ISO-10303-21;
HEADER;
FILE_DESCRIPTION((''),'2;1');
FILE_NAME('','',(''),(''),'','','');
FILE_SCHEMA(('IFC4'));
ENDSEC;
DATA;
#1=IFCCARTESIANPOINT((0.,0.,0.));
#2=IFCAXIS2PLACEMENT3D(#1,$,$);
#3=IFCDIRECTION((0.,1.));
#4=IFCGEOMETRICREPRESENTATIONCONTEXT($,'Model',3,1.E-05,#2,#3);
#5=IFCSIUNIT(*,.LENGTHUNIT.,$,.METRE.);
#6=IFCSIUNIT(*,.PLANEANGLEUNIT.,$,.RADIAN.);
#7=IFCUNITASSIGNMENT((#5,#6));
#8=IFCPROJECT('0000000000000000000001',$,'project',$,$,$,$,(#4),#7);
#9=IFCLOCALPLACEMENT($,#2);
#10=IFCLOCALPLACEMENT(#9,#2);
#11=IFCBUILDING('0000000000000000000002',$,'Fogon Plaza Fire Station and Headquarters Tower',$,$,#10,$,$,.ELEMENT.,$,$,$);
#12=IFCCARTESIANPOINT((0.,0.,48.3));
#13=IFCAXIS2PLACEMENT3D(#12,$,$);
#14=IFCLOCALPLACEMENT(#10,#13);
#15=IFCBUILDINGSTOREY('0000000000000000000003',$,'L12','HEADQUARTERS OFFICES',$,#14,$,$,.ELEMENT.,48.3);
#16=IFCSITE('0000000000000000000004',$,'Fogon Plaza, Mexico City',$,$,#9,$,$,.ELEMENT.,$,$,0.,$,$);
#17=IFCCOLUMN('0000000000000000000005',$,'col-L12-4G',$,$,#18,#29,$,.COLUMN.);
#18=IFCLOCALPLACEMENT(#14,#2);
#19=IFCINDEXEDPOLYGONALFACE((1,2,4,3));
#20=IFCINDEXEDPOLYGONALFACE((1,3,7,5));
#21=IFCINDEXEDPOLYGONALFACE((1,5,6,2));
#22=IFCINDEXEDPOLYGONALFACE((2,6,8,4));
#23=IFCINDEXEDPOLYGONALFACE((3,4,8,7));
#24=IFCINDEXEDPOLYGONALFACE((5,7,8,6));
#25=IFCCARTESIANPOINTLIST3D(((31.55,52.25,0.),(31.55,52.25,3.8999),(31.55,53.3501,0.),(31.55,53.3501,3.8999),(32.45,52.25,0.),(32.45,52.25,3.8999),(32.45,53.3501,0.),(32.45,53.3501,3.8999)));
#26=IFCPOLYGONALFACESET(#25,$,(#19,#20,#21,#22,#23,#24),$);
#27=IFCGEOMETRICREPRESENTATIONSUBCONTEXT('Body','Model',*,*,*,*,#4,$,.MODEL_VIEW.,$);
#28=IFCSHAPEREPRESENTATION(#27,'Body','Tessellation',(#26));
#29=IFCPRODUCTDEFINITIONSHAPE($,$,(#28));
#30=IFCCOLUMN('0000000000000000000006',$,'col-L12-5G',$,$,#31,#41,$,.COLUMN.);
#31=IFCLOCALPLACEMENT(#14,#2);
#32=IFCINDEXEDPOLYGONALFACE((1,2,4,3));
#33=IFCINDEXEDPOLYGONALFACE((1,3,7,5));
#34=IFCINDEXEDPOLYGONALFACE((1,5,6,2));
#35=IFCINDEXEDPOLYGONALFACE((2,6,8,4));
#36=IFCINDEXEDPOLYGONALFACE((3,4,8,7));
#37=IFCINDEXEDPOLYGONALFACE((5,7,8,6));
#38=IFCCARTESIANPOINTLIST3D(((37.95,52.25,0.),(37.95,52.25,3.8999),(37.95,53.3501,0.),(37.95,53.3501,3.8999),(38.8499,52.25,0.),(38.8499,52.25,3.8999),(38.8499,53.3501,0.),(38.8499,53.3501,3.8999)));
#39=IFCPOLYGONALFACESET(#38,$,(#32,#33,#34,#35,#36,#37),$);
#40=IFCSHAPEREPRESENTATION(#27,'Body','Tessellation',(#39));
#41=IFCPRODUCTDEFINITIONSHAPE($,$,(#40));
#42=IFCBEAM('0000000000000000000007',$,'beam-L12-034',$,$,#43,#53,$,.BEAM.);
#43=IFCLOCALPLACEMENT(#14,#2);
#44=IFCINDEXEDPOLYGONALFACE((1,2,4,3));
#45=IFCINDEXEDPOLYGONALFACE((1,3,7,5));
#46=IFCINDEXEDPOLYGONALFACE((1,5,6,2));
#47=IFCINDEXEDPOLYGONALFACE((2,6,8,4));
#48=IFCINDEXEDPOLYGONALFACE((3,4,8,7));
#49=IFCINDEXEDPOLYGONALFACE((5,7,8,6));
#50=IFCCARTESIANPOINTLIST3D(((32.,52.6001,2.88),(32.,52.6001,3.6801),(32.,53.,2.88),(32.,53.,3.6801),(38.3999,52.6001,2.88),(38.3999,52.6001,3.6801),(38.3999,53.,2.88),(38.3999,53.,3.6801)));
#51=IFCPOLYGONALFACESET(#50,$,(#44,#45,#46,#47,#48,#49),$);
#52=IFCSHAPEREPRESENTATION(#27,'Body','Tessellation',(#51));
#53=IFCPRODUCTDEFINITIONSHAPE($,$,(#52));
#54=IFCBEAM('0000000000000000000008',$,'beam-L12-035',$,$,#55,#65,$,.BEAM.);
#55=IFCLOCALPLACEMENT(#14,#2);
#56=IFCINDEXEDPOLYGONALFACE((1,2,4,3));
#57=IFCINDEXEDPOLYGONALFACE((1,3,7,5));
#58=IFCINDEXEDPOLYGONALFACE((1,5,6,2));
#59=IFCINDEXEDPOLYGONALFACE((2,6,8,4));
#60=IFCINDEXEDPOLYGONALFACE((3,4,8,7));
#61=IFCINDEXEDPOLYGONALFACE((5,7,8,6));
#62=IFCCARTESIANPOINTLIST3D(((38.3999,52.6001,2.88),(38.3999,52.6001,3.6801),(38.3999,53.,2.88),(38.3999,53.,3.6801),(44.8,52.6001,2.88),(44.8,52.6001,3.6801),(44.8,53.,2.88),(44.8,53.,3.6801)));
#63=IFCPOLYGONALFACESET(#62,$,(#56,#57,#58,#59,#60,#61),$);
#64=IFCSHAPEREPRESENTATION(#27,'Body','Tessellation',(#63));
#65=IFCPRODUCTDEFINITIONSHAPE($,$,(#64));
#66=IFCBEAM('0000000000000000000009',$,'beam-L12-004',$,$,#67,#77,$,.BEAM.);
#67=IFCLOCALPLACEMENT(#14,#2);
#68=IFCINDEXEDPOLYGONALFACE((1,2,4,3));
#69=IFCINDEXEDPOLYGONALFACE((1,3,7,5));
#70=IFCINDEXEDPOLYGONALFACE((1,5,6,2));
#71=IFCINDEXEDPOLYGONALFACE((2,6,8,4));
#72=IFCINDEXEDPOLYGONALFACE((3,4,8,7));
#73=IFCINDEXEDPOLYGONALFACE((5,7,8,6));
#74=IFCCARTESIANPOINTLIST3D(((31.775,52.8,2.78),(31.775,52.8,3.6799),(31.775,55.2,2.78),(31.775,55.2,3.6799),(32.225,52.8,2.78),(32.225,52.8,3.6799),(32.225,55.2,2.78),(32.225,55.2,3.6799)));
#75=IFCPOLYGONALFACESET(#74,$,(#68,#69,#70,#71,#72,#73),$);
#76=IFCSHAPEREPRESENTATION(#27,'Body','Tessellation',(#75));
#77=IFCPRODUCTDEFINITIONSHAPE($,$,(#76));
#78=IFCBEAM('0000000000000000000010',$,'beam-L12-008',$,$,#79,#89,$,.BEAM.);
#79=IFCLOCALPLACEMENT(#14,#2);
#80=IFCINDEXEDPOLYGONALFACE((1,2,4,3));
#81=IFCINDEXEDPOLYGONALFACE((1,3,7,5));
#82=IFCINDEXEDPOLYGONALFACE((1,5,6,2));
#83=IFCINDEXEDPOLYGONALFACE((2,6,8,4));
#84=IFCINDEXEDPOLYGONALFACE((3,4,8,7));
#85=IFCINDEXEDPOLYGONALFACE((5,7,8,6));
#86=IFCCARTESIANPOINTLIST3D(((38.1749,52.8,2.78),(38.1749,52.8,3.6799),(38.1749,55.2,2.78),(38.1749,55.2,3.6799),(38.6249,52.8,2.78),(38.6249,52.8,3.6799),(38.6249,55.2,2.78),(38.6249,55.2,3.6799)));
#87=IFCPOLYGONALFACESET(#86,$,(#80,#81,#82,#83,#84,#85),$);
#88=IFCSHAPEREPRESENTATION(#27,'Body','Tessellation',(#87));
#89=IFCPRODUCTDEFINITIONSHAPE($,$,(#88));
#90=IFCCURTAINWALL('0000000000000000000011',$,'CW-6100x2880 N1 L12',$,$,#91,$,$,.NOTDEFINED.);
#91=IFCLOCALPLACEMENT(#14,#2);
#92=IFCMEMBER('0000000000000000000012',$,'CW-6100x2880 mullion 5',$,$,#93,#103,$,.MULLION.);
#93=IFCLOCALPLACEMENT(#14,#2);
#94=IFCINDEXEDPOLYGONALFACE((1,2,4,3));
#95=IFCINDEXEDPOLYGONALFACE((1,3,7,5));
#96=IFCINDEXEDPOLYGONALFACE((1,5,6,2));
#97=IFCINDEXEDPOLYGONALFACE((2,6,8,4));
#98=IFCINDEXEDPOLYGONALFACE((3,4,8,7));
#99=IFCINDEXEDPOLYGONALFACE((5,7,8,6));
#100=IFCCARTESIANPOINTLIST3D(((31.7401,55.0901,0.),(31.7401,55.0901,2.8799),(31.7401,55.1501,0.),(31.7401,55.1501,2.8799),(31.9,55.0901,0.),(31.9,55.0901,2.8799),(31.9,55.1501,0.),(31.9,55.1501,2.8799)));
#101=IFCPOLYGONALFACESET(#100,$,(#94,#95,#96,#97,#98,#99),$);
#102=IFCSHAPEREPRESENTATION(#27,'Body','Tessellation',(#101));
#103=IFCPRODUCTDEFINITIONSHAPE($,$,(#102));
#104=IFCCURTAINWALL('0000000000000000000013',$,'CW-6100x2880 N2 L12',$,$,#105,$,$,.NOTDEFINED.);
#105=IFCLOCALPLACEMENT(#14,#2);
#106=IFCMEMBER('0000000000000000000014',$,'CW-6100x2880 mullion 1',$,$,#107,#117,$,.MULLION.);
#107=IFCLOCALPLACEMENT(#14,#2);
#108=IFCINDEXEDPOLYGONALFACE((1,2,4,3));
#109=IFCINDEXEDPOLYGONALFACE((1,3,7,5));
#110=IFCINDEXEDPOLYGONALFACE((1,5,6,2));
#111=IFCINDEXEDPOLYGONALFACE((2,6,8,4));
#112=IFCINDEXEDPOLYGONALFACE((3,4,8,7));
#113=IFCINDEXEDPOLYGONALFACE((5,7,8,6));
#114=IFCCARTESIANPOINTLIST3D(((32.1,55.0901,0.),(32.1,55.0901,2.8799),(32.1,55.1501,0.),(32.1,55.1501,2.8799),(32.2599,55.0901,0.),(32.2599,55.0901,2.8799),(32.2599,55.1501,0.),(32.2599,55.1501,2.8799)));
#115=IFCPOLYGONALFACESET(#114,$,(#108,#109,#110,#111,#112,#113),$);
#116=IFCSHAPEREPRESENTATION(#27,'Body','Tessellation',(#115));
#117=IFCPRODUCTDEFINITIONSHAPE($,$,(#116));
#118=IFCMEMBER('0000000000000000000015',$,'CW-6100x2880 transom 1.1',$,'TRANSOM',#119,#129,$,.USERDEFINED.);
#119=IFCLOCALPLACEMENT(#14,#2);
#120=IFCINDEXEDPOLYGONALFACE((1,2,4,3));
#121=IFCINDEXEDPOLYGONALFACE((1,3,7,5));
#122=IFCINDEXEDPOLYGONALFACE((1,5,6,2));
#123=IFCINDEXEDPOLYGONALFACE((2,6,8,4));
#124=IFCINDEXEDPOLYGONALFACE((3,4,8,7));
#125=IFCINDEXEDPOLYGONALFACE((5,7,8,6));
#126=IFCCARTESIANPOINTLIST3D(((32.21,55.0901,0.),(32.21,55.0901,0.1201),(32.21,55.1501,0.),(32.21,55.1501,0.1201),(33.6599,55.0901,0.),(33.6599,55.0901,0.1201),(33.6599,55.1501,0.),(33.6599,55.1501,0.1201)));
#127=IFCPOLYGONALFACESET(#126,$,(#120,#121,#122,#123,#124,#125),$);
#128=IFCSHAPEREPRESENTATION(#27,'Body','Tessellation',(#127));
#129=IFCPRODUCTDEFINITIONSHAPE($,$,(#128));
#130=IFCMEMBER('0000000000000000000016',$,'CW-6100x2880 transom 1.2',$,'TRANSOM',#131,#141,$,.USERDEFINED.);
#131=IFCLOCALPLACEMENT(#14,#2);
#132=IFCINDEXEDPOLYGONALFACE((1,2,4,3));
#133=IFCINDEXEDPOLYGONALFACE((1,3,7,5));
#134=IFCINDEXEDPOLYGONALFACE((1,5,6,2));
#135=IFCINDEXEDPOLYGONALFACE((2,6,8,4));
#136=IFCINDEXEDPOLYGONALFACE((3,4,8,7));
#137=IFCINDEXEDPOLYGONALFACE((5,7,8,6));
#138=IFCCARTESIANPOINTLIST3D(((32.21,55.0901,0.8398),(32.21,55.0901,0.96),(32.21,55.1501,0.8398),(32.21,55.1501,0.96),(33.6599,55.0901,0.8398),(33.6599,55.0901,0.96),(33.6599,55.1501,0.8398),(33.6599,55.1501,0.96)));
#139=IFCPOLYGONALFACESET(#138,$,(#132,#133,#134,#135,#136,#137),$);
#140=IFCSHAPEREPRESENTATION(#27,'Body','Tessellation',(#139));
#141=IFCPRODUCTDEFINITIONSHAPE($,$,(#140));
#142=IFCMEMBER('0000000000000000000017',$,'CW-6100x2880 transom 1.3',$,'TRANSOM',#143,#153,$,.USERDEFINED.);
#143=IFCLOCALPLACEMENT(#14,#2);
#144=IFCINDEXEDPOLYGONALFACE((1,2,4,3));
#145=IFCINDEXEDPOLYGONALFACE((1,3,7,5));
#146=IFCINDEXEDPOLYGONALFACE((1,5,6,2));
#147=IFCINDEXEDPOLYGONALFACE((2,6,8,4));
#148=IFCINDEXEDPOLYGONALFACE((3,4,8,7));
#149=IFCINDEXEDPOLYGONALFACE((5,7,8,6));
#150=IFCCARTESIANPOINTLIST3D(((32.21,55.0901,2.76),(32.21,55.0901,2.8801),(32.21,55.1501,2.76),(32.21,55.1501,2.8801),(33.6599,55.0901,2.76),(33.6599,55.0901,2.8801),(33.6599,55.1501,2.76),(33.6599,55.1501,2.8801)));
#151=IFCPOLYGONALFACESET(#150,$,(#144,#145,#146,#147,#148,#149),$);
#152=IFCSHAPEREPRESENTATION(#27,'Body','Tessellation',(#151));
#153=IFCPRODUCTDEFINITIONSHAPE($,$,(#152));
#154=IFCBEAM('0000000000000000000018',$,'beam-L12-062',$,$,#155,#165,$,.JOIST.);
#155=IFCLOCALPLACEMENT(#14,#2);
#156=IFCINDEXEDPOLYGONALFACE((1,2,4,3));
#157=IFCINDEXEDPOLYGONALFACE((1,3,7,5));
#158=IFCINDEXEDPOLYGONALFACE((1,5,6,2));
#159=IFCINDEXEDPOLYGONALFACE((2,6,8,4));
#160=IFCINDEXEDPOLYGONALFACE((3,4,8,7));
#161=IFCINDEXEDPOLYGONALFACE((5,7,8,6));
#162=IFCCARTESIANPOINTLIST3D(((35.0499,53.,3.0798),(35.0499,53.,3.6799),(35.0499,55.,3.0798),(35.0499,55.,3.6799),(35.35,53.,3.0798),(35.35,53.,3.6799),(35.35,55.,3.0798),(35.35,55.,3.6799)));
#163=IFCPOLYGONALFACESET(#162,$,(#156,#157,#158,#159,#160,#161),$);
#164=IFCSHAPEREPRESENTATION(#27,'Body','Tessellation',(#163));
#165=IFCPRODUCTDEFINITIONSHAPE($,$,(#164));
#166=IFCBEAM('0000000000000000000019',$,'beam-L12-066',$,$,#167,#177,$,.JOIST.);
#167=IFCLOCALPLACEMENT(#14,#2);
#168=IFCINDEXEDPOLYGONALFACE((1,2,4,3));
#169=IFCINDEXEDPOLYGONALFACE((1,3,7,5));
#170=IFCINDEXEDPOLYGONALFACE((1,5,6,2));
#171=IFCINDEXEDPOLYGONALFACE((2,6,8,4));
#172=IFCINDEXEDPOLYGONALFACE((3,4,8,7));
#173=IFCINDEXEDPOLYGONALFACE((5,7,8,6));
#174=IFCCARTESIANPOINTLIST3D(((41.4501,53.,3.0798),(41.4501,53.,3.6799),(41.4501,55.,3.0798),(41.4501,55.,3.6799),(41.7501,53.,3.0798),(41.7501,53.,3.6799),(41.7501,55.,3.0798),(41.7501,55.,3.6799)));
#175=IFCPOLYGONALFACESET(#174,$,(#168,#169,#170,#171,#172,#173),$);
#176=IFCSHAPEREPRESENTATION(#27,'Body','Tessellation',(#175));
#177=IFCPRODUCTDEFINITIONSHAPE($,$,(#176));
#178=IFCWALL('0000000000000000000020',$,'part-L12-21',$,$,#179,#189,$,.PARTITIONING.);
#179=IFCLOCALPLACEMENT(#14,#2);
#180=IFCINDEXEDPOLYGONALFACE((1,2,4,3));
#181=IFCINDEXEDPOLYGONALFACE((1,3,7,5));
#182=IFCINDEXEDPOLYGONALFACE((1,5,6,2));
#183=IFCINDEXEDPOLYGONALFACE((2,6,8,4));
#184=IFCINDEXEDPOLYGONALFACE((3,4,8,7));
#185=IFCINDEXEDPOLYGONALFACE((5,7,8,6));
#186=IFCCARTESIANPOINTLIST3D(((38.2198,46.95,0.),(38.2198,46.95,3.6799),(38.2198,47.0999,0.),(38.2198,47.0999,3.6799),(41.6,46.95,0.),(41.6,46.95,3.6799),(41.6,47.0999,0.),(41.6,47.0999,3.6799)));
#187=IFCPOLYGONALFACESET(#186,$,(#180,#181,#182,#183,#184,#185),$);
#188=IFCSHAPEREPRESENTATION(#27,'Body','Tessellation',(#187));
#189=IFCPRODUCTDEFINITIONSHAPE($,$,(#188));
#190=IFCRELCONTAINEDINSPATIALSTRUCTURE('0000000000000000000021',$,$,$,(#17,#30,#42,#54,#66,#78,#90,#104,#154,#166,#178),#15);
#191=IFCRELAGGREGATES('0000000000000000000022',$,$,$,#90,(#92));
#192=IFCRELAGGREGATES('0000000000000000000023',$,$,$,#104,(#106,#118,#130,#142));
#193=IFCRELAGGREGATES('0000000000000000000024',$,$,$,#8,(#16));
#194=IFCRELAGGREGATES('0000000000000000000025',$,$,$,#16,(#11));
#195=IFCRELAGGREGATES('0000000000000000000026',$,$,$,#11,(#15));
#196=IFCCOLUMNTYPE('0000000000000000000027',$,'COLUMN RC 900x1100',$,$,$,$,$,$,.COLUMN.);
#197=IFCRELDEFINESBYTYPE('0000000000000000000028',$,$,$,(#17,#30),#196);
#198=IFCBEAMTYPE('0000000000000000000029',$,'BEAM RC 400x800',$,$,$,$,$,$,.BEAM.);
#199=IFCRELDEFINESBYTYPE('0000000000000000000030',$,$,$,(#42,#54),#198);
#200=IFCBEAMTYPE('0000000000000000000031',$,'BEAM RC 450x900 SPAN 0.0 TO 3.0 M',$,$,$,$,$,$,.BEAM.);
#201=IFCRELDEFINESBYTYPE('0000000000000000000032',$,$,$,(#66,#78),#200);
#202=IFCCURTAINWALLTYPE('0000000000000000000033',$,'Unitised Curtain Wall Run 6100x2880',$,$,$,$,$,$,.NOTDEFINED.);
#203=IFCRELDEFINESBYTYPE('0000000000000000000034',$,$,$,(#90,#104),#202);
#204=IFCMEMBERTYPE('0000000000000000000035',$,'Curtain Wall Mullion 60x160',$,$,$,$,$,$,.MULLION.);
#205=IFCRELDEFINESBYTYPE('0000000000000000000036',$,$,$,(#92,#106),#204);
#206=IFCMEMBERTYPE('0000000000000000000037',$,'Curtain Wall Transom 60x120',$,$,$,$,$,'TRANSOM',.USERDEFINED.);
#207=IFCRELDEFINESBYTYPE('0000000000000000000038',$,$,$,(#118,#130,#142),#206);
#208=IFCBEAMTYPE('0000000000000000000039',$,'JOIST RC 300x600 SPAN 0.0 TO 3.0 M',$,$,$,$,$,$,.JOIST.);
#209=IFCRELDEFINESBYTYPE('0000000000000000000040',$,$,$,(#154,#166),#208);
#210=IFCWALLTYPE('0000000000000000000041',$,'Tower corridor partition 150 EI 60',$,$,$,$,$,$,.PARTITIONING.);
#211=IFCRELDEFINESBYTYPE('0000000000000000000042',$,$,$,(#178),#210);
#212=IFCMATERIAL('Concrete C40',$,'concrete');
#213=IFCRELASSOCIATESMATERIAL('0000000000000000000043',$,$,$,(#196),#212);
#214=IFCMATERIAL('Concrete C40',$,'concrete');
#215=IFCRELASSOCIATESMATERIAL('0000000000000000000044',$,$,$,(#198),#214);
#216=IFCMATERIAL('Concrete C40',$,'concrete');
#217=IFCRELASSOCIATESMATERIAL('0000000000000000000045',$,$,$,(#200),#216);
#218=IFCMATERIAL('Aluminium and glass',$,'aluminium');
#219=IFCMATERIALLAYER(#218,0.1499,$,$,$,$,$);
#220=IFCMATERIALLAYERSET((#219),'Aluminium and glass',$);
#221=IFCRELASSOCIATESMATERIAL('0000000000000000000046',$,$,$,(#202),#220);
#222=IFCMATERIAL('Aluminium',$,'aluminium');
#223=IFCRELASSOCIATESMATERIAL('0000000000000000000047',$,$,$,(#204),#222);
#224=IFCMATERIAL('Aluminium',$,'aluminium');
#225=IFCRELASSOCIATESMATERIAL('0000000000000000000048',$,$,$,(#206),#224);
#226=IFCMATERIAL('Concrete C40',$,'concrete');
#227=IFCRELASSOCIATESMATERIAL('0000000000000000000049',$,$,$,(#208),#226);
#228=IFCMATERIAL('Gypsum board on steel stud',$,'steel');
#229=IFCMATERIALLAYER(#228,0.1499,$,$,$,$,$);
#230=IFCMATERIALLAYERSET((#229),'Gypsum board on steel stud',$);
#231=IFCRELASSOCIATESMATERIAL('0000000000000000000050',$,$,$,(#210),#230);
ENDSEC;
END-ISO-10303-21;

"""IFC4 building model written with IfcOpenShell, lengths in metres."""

from ifc_helpers import new_model, si_unit, direction, frame, frame_2d, origin, origin_2d, place, context, subcontext, project, spatial, rectangle, extrude, material, layer, layer_set, material_profile, profile_set, type_object, element, aggregate, save


model = new_model("IFC4")

# Units and contexts
model_context = context("Model", 3, precision=1e-05, world=origin(), true_north=direction((0.0, 1.0)))
body_context = subcontext(model_context, "Body", "Model", "MODEL_VIEW")
ifc_project = project(units=[si_unit("LENGTHUNIT", "METRE"), si_unit("PLANEANGLEUNIT", "RADIAN")], contexts=[model_context])

# Site, building, storey
site_placement = place(None, origin())
site = spatial("IfcSite", under=ifc_project, at=site_placement, Name="Fogon Plaza, Mexico City", CompositionType="ELEMENT", RefElevation=0.0)
building_placement = place(site_placement, origin())
building = spatial("IfcBuilding", under=site, at=building_placement, Name="Fogon Plaza Fire Station and Headquarters Tower", CompositionType="ELEMENT")
storey_placement = place(building_placement, frame((0.0, 0.0, 48.3)))
storey = spatial("IfcBuildingStorey", under=building, at=storey_placement, Name="L12", Description="HEADQUARTERS OFFICES", CompositionType="ELEMENT", Elevation=48.3)

# Columns
ifc_material_1 = material(Name="Concrete C40", Category="concrete")
ifc_material_profile_1 = material_profile(ifc_material_1, rectangle(XDim=0.8999, YDim=1.1001, at=origin_2d()), Name="RC 900x1100")
ifc_profile_set_1 = profile_set([ifc_material_profile_1], Name="Concrete C40")
column_type = type_object("IfcColumnType", Name="COLUMN RC 900x1100", PredefinedType="COLUMN", material=ifc_profile_set_1)
for number, where, z_axis, x_axis, name in (
    (1, (32.0, 52.8, 0.0), (0.0, 0.0, 1.0), (1.0, 0.0, 0.0), "col-L12-4G"),
    (2, (38.3999, 52.8, 0.0), (0.0, 0.0, 1.0), (1.0, 0.0, 0.0), "col-L12-5G"),
):
    element("IfcColumn", number, at=place(storey_placement, frame(where, z_axis=z_axis, x_axis=x_axis)), inside=storey, type_object=column_type, Name=name, PredefinedType="COLUMN", context=body_context, shape_type="SweptSolid", body=[
        extrude(rectangle(XDim=0.8999, YDim=1.1001, at=origin_2d()), origin(), (0.0, 0.0, 1.0), 3.8999),
    ])

# Beams
ifc_material_2 = material(Name="Concrete C40", Category="concrete")
ifc_material_profile_2 = material_profile(ifc_material_2, rectangle(XDim=0.3999, YDim=0.8, at=origin_2d()), Name="RC 400x800")
ifc_profile_set_2 = profile_set([ifc_material_profile_2], Name="Concrete C40")
beam_type_1 = type_object("IfcBeamType", Name="BEAM RC 400x800", PredefinedType="BEAM", material=ifc_profile_set_2)
beam_1_placement = place(storey_placement, frame((32.0, 52.8, 3.28), z_axis=(1.0, 0.0, 0.0), x_axis=(0.0, 1.0, 0.0)))
element("IfcBeam", 3, at=beam_1_placement, inside=storey, type_object=beam_type_1, Name="beam-L12-034", PredefinedType="BEAM", context=body_context, shape_type="SweptSolid", body=[
    extrude(rectangle(XDim=0.3999, YDim=0.8, at=origin_2d()), origin(), (0.0, 0.0, 1.0), 6.3999),
])
beam_2_placement = place(storey_placement, frame((38.3999, 52.8, 3.28), z_axis=(1.0, 0.0, 0.0), x_axis=(0.0, 1.0, 0.0)))
element("IfcBeam", 4, at=beam_2_placement, inside=storey, type_object=beam_type_1, Name="beam-L12-035", PredefinedType="BEAM", context=body_context, shape_type="SweptSolid", body=[
    extrude(rectangle(XDim=0.3999, YDim=0.8, at=origin_2d()), origin(), (0.0, 0.0, 1.0), 6.4001),
])
ifc_material_3 = material(Name="Concrete C40", Category="concrete")
ifc_material_profile_3 = material_profile(ifc_material_3, rectangle(XDim=0.45, YDim=0.8999, at=origin_2d()), Name="RC 450x900")
ifc_profile_set_3 = profile_set([ifc_material_profile_3], Name="Concrete C40")
beam_type_2 = type_object("IfcBeamType", Name="BEAM RC 450x900 SPAN 0.0 TO 3.0 M", PredefinedType="BEAM", material=ifc_profile_set_3)
for number, where, z_axis, x_axis, name in (
    (5, (32.0, 52.8, 3.23), (0.0, 1.0, 0.0), (-1.0, 0.0, 0.0), "beam-L12-004"),
    (6, (38.3999, 52.8, 3.23), (0.0, 1.0, 0.0), (-1.0, 0.0, 0.0), "beam-L12-008"),
):
    element("IfcBeam", number, at=place(storey_placement, frame(where, z_axis=z_axis, x_axis=x_axis)), inside=storey, type_object=beam_type_2, Name=name, PredefinedType="BEAM", context=body_context, shape_type="SweptSolid", body=[
        extrude(rectangle(XDim=0.45, YDim=0.8999, at=origin_2d()), origin(), (0.0, 0.0, 1.0), 2.3999),
    ])

# Curtain wall, member
ifc_material_4 = material(Name="Aluminium and glass", Category="aluminium")
ifc_layer_1 = layer(ifc_material_4, 0.1499)
ifc_layer_set_1 = layer_set([ifc_layer_1], Name="Aluminium and glass")
curtain_wall_type = type_object("IfcCurtainWallType", Name="Unitised Curtain Wall Run 6100x2880", PredefinedType="NOTDEFINED", material=ifc_layer_set_1)
curtain_wall_1_placement = place(storey_placement, origin())
curtain_wall_1 = element("IfcCurtainWall", 7, at=curtain_wall_1_placement, inside=storey, type_object=curtain_wall_type, Name="CW-6100x2880 N1 L12", PredefinedType="NOTDEFINED")
ifc_material_5 = material(Name="Aluminium", Category="aluminium")
ifc_material_profile_4 = material_profile(ifc_material_5, rectangle(XDim=0.0601, YDim=0.1599, at=origin_2d()), Name="Curtain Wall Mullion 60x160")
ifc_profile_set_4 = profile_set([ifc_material_profile_4], Name="Aluminium")
member_type_1 = type_object("IfcMemberType", Name="Curtain Wall Mullion 60x160", PredefinedType="MULLION", material=ifc_profile_set_4)
member_1_placement = place(storey_placement, frame((31.8201, 55.1201, 0.0), z_axis=(0.0, 0.0, 1.0), x_axis=(0.0, 1.0, 0.0)))
member_1 = element("IfcMember", 8, at=member_1_placement, type_object=member_type_1, Name="CW-6100x2880 mullion 5", PredefinedType="MULLION", context=body_context, shape_type="SweptSolid", body=[
    extrude(rectangle(XDim=0.0601, YDim=0.1599, at=origin_2d()), origin(), (0.0, 0.0, 1.0), 2.8799),
])
aggregate(curtain_wall_1, [member_1])

# Curtain wall, members
curtain_wall_2_placement = place(storey_placement, origin())
curtain_wall_2 = element("IfcCurtainWall", 9, at=curtain_wall_2_placement, inside=storey, type_object=curtain_wall_type, Name="CW-6100x2880 N2 L12", PredefinedType="NOTDEFINED")
member_2_placement = place(storey_placement, frame((32.1799, 55.1201, 0.0), z_axis=(0.0, 0.0, 1.0), x_axis=(0.0, 1.0, 0.0)))
member_2 = element("IfcMember", 10, at=member_2_placement, type_object=member_type_1, Name="CW-6100x2880 mullion 1", PredefinedType="MULLION", context=body_context, shape_type="SweptSolid", body=[
    extrude(rectangle(XDim=0.0601, YDim=0.1599, at=origin_2d()), origin(), (0.0, 0.0, 1.0), 2.8799),
])
ifc_material_6 = material(Name="Aluminium", Category="aluminium")
ifc_material_profile_5 = material_profile(ifc_material_6, rectangle(XDim=0.0601, YDim=0.1201, at=origin_2d()), Name="Curtain Wall Transom 60x120")
ifc_profile_set_5 = profile_set([ifc_material_profile_5], Name="Aluminium")
member_type_2 = type_object("IfcMemberType", Name="Curtain Wall Transom 60x120", ElementType="TRANSOM", PredefinedType="USERDEFINED", material=ifc_profile_set_5)
member_3_placement = place(storey_placement, frame((32.21, 55.1201, 0.0601), z_axis=(1.0, 0.0, 0.0), x_axis=(0.0, 1.0, 0.0)))
member_3 = element("IfcMember", 11, at=member_3_placement, type_object=member_type_2, Name="CW-6100x2880 transom 1.1", ObjectType="TRANSOM", PredefinedType="USERDEFINED", context=body_context, shape_type="SweptSolid", body=[
    extrude(rectangle(XDim=0.0601, YDim=0.1201, at=origin_2d()), origin(), (0.0, 0.0, 1.0), 1.45),
])
member_4_placement = place(storey_placement, frame((32.21, 55.1201, 0.8999), z_axis=(1.0, 0.0, 0.0), x_axis=(0.0, 1.0, 0.0)))
member_4 = element("IfcMember", 12, at=member_4_placement, type_object=member_type_2, Name="CW-6100x2880 transom 1.2", ObjectType="TRANSOM", PredefinedType="USERDEFINED", context=body_context, shape_type="SweptSolid", body=[
    extrude(rectangle(XDim=0.0601, YDim=0.1201, at=origin_2d()), origin(), (0.0, 0.0, 1.0), 1.45),
])
member_5_placement = place(storey_placement, frame((32.21, 55.1201, 2.8201), z_axis=(1.0, 0.0, 0.0), x_axis=(0.0, 1.0, 0.0)))
member_5 = element("IfcMember", 13, at=member_5_placement, type_object=member_type_2, Name="CW-6100x2880 transom 1.3", ObjectType="TRANSOM", PredefinedType="USERDEFINED", context=body_context, shape_type="SweptSolid", body=[
    extrude(rectangle(XDim=0.0601, YDim=0.1201, at=origin_2d()), origin(), (0.0, 0.0, 1.0), 1.45),
])
aggregate(curtain_wall_2, [member_2, member_3, member_4, member_5])

# Beams
ifc_material_7 = material(Name="Concrete C40", Category="concrete")
ifc_material_profile_6 = material_profile(ifc_material_7, rectangle(XDim=0.3, YDim=0.6001, at=origin_2d()), Name="RC 300x600")
ifc_profile_set_6 = profile_set([ifc_material_profile_6], Name="Concrete C40")
beam_type_3 = type_object("IfcBeamType", Name="JOIST RC 300x600 SPAN 0.0 TO 3.0 M", PredefinedType="JOIST", material=ifc_profile_set_6)
for number, where, z_axis, x_axis, name in (
    (14, (35.2, 53.0, 3.3799), (0.0, 1.0, 0.0), (-1.0, 0.0, 0.0), "beam-L12-062"),
    (15, (41.6001, 53.0, 3.3799), (0.0, 1.0, 0.0), (-1.0, 0.0, 0.0), "beam-L12-066"),
):
    element("IfcBeam", number, at=place(storey_placement, frame(where, z_axis=z_axis, x_axis=x_axis)), inside=storey, type_object=beam_type_3, Name=name, PredefinedType="JOIST", context=body_context, shape_type="SweptSolid", body=[
        extrude(rectangle(XDim=0.3, YDim=0.6001, at=origin_2d()), origin(), (0.0, 0.0, 1.0), 2.0),
    ])

# Wall
ifc_material_8 = material(Name="Gypsum board on steel stud", Category="steel")
ifc_layer_2 = layer(ifc_material_8, 0.1499)
ifc_layer_set_2 = layer_set([ifc_layer_2], Name="Gypsum board on steel stud")
wall_type_1 = type_object("IfcWallType", Name="Tower corridor partition 150 EI 60", PredefinedType="PARTITIONING", material=ifc_layer_set_2)
wall_1_placement = place(storey_placement, frame((38.22, 47.0249, 0.0), z_axis=(0.0, 0.0, 1.0), x_axis=(1.0, 0.0, 0.0)))
element("IfcWall", 16, at=wall_1_placement, inside=storey, type_object=wall_type_1, Name="part-L12-21", PredefinedType="PARTITIONING", context=body_context, shape_type="SweptSolid", body=[
    extrude(rectangle(XDim=3.3801, YDim=0.1499, at=frame_2d((1.6899, 0.0))), origin(), (0.0, 0.0, 1.0), 3.6799),
])

save(model, "model.ifc")
